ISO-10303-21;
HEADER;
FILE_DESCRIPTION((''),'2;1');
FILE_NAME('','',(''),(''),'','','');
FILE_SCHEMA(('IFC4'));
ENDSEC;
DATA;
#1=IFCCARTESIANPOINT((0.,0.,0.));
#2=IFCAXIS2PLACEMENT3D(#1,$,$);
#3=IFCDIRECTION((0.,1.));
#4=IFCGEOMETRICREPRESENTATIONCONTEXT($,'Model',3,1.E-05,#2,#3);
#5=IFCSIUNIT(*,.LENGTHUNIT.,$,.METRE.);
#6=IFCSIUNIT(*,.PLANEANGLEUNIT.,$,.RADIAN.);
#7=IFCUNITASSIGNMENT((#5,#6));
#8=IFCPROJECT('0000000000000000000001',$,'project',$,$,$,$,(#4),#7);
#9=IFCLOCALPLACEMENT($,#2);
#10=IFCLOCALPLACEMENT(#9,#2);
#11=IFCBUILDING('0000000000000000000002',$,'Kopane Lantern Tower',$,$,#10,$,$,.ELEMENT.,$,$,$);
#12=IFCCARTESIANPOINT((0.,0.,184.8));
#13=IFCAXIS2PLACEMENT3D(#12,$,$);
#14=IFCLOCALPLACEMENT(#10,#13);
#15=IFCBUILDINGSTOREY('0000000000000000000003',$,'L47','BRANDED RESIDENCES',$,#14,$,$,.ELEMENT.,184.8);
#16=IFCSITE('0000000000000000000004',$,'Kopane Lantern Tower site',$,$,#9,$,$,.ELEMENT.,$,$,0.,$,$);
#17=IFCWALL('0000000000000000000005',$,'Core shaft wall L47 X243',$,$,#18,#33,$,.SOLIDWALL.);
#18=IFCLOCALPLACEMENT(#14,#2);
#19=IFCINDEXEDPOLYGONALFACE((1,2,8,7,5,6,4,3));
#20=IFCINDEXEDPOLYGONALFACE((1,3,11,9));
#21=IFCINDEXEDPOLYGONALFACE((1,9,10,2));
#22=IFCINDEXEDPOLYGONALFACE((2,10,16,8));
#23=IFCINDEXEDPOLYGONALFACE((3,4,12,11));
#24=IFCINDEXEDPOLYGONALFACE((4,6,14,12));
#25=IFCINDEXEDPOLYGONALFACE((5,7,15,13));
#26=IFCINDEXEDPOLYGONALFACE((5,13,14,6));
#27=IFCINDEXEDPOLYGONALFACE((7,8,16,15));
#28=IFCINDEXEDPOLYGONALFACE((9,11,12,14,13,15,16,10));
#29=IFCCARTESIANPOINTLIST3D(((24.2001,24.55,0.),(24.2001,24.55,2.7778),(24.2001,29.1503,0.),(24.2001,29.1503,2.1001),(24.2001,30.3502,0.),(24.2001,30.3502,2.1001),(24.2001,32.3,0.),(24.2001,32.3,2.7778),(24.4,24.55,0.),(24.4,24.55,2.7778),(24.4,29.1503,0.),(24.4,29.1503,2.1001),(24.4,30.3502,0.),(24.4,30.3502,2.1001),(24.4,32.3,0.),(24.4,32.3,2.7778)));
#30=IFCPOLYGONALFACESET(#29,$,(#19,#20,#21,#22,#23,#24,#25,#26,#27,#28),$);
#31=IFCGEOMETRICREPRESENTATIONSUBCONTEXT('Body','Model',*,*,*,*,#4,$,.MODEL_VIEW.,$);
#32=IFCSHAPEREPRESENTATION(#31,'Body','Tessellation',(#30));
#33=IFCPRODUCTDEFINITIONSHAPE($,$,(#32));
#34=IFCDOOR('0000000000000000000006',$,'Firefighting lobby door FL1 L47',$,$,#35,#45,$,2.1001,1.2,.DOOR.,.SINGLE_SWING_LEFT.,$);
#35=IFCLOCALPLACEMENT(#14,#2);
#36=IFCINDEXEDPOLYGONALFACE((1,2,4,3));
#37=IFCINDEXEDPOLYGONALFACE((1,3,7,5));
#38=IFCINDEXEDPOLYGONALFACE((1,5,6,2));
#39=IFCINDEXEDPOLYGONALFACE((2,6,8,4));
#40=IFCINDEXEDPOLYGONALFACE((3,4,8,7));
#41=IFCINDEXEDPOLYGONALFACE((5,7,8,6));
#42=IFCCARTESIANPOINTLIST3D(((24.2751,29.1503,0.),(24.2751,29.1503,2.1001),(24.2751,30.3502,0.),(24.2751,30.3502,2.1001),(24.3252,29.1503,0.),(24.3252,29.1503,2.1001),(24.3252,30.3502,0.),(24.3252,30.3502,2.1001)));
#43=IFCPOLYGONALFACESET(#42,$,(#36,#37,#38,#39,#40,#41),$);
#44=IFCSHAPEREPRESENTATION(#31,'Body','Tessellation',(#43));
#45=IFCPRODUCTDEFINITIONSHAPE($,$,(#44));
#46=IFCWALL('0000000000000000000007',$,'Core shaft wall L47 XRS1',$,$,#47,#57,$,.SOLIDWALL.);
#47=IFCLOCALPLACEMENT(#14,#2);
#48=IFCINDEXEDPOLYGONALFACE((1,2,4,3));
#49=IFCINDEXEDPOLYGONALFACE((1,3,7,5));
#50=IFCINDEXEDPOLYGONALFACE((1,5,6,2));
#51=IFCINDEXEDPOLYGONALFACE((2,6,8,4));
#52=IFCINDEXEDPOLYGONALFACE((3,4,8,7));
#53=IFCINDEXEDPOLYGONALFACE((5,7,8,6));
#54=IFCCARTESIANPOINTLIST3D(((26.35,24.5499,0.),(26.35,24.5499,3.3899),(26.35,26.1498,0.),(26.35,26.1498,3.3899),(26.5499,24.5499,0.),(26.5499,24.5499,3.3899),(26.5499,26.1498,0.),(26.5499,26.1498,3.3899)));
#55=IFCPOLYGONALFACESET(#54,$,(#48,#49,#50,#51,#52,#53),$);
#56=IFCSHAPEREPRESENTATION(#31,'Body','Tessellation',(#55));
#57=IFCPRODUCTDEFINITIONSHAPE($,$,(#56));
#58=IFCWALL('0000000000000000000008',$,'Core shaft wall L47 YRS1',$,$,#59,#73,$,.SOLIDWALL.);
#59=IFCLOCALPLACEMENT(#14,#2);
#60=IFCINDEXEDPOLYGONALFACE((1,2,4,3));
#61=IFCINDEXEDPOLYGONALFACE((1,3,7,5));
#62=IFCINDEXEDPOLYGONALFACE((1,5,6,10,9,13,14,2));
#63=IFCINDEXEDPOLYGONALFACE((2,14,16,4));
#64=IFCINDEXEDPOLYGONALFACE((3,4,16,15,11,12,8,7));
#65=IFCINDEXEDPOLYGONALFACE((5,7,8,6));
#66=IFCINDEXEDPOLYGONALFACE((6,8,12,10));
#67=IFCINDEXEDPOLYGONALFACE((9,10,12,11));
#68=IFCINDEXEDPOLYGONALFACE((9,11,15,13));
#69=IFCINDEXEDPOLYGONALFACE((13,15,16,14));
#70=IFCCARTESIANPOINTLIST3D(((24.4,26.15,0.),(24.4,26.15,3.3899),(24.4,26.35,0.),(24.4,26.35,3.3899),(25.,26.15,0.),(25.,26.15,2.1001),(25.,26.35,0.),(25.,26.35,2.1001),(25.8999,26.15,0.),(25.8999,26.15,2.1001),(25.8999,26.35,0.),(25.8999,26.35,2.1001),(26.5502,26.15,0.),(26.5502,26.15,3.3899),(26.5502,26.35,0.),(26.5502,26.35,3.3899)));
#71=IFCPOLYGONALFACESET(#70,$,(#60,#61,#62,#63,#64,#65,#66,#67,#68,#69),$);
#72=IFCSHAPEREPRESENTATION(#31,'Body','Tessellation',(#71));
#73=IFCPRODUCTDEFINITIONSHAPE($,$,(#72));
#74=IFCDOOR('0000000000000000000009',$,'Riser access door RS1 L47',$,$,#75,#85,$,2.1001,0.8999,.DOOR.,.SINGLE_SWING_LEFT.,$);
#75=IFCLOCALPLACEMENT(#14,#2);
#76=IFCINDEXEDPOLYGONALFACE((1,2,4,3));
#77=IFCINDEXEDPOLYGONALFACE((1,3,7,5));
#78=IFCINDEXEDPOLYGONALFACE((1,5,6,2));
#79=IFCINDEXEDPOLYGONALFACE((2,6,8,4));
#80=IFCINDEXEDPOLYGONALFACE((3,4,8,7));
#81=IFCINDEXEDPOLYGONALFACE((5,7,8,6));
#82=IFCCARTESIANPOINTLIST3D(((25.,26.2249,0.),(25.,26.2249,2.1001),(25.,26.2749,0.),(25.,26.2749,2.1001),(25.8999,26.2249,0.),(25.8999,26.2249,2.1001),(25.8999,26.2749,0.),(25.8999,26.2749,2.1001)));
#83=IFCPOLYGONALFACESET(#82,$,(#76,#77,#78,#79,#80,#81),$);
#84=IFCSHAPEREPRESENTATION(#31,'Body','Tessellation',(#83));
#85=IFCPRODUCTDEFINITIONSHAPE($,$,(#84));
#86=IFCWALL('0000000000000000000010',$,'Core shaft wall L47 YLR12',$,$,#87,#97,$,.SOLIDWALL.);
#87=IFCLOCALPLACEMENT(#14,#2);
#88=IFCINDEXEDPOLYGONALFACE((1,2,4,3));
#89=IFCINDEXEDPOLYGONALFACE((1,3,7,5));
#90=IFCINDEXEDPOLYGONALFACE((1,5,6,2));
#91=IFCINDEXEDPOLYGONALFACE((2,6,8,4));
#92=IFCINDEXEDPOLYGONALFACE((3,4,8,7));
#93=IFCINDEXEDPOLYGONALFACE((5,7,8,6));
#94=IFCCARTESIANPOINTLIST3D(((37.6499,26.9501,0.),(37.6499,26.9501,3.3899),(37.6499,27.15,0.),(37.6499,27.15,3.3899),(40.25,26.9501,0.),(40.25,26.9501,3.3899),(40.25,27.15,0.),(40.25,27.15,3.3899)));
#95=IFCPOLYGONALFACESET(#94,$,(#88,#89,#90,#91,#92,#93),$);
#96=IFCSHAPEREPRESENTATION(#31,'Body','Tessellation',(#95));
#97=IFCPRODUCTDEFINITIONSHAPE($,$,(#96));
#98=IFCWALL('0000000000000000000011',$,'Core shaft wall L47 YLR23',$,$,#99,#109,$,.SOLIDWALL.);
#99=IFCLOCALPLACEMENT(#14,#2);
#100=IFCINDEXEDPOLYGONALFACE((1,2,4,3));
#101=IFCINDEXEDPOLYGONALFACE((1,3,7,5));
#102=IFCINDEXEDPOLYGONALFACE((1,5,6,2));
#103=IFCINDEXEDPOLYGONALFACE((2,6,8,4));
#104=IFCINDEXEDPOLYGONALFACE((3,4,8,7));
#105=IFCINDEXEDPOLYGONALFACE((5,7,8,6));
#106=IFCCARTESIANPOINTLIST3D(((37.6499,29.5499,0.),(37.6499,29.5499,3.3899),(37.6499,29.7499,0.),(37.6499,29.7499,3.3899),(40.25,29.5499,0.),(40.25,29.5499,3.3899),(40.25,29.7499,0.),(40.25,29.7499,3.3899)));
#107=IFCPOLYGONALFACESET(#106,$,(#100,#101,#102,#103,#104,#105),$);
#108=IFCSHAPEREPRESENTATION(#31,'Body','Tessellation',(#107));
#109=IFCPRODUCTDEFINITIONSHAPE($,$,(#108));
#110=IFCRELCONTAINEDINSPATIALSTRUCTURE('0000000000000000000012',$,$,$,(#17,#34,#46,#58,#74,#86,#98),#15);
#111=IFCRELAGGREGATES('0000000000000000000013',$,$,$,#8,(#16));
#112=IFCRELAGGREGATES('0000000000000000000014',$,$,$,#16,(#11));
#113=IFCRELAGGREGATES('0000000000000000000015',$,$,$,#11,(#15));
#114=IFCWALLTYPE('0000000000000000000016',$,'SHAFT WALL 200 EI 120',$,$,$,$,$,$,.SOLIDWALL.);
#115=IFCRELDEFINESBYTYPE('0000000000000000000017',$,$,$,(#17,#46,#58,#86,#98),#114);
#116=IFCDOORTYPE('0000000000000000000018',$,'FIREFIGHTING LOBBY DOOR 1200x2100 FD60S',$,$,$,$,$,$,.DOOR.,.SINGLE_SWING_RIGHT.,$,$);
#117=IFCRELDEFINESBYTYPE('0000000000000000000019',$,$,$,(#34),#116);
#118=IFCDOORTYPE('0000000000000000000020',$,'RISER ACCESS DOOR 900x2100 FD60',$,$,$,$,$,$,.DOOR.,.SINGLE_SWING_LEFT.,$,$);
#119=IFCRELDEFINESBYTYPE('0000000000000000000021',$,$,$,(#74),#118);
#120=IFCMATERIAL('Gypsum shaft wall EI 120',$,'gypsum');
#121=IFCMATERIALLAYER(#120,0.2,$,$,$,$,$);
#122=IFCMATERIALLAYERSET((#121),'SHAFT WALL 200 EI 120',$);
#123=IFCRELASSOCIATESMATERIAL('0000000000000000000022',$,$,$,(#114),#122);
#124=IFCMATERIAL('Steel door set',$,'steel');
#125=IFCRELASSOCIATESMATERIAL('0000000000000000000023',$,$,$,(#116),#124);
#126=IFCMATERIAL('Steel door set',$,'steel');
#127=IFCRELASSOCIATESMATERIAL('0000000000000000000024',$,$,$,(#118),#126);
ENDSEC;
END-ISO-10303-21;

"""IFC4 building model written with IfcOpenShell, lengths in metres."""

from ifc_helpers import new_model, si_unit, direction, frame, frame_2d, origin, place, context, subcontext, project, spatial, rectangle, extrude, material, layer, layer_set, type_object, element, fill, save


model = new_model("IFC4")

# Units and contexts
model_context = context("Model", 3, precision=1e-05, world=origin(), true_north=direction((0.0, 1.0)))
body_context = subcontext(model_context, "Body", "Model", "MODEL_VIEW")
ifc_project = project(units=[si_unit("LENGTHUNIT", "METRE"), si_unit("PLANEANGLEUNIT", "RADIAN")], contexts=[model_context])

# Site, building, storey
site_placement = place(None, origin())
site = spatial("IfcSite", under=ifc_project, at=site_placement, Name="Kopane Lantern Tower site", CompositionType="ELEMENT", RefElevation=0.0)
building_placement = place(site_placement, origin())
building = spatial("IfcBuilding", under=site, at=building_placement, Name="Kopane Lantern Tower", CompositionType="ELEMENT")
storey_placement = place(building_placement, frame((0.0, 0.0, 184.8)))
storey = spatial("IfcBuildingStorey", under=building, at=storey_placement, Name="L47", Description="BRANDED RESIDENCES", CompositionType="ELEMENT", Elevation=184.8)

# Wall, opening, door
ifc_material_1 = material(Name="Gypsum shaft wall EI 120", Category="gypsum")
ifc_layer_1 = layer(ifc_material_1, 0.2)
ifc_layer_set_1 = layer_set([ifc_layer_1], Name="SHAFT WALL 200 EI 120")
wall_type_1 = type_object("IfcWallType", Name="SHAFT WALL 200 EI 120", PredefinedType="SOLIDWALL", material=ifc_layer_set_1)
wall_1_placement = place(storey_placement, frame((24.3, 24.55, 0.0), z_axis=(0.0, 0.0, 1.0), x_axis=(0.0, 1.0, 0.0)))
wall_1 = element("IfcWall", 1, at=wall_1_placement, inside=storey, type_object=wall_type_1, Name="Core shaft wall L47 X243", PredefinedType="SOLIDWALL", context=body_context, shape_type="SweptSolid", body=[
    extrude(rectangle(XDim=7.75, YDim=0.2, at=frame_2d((3.875, 0.0))), origin(), (0.0, 0.0, 1.0), 2.7778),
])
opening_1_placement = place(wall_1_placement, frame((4.6001, 0.0, 0.0)))
opening_1 = element("IfcOpeningElement", 2, at=opening_1_placement, cuts=wall_1, PredefinedType="OPENING", context=body_context, shape_type="SweptSolid", body=[
    extrude(rectangle(XDim=1.2, YDim=2.1001, at=frame_2d((0.6001, 1.05))), frame((0.0, 0.1099, 0.0), z_axis=(0.0, -1.0, 0.0), x_axis=(1.0, 0.0, 0.0)), (0.0, 0.0, 1.0), 0.22),
])
ifc_material_2 = material(Name="Steel door set", Category="steel")
door_type_1 = type_object("IfcDoorType", Name="FIREFIGHTING LOBBY DOOR 1200x2100 FD60S", OperationType="SINGLE_SWING_RIGHT", PredefinedType="DOOR", material=ifc_material_2)
door_1_placement = place(opening_1_placement, origin())
door_1 = element("IfcDoor", 3, at=door_1_placement, inside=storey, type_object=door_type_1, Name="Firefighting lobby door FL1 L47", OperationType="SINGLE_SWING_LEFT", OverallHeight=2.1001, OverallWidth=1.2, PredefinedType="DOOR", context=body_context, shape_type="SweptSolid", body=[
    extrude(rectangle(XDim=1.2, YDim=2.1001, at=frame_2d((0.6001, 1.05))), frame((0.0, 0.0249, 0.0), z_axis=(0.0, -1.0, 0.0), x_axis=(1.0, 0.0, 0.0)), (0.0, 0.0, 1.0), 0.05),
])
fill(opening_1, door_1)

# Wall
wall_2_placement = place(storey_placement, frame((26.45, 24.55, 0.0), z_axis=(0.0, 0.0, 1.0), x_axis=(0.0, 1.0, 0.0)))
element("IfcWall", 4, at=wall_2_placement, inside=storey, type_object=wall_type_1, Name="Core shaft wall L47 XRS1", PredefinedType="SOLIDWALL", context=body_context, shape_type="SweptSolid", body=[
    extrude(rectangle(XDim=1.5999, YDim=0.2, at=frame_2d((0.7998, 0.0))), origin(), (0.0, 0.0, 1.0), 3.3899),
])

# Wall, opening, door
wall_3_placement = place(storey_placement, frame((24.3999, 26.25, 0.0), z_axis=(0.0, 0.0, 1.0), x_axis=(1.0, 0.0, 0.0)))
wall_3 = element("IfcWall", 5, at=wall_3_placement, inside=storey, type_object=wall_type_1, Name="Core shaft wall L47 YRS1", PredefinedType="SOLIDWALL", context=body_context, shape_type="SweptSolid", body=[
    extrude(rectangle(XDim=2.1501, YDim=0.2, at=frame_2d((1.0752, 0.0))), origin(), (0.0, 0.0, 1.0), 3.3899),
])
opening_2_placement = place(wall_3_placement, frame((0.6001, 0.0, 0.0)))
opening_2 = element("IfcOpeningElement", 6, at=opening_2_placement, cuts=wall_3, PredefinedType="OPENING", context=body_context, shape_type="SweptSolid", body=[
    extrude(rectangle(XDim=0.8999, YDim=2.1001, at=frame_2d((0.45, 1.05))), frame((0.0, 0.1099, 0.0), z_axis=(0.0, -1.0, 0.0), x_axis=(1.0, 0.0, 0.0)), (0.0, 0.0, 1.0), 0.22),
])
ifc_material_3 = material(Name="Steel door set", Category="steel")
door_type_2 = type_object("IfcDoorType", Name="RISER ACCESS DOOR 900x2100 FD60", OperationType="SINGLE_SWING_LEFT", PredefinedType="DOOR", material=ifc_material_3)
door_2_placement = place(opening_2_placement, origin())
door_2 = element("IfcDoor", 7, at=door_2_placement, inside=storey, type_object=door_type_2, Name="Riser access door RS1 L47", OperationType="SINGLE_SWING_LEFT", OverallHeight=2.1001, OverallWidth=0.8999, PredefinedType="DOOR", context=body_context, shape_type="SweptSolid", body=[
    extrude(rectangle(XDim=0.8999, YDim=2.1001, at=frame_2d((0.45, 1.05))), frame((0.0, 0.0249, 0.0), z_axis=(0.0, -1.0, 0.0), x_axis=(1.0, 0.0, 0.0)), (0.0, 0.0, 1.0), 0.05),
])
fill(opening_2, door_2)

# Walls
for number, where, z_axis, x_axis, name in (
    (8, (37.6499, 27.05, 0.0), (0.0, 0.0, 1.0), (1.0, 0.0, 0.0), "Core shaft wall L47 YLR12"),
    (9, (37.6499, 29.6499, 0.0), (0.0, 0.0, 1.0), (1.0, 0.0, 0.0), "Core shaft wall L47 YLR23"),
):
    element("IfcWall", number, at=place(storey_placement, frame(where, z_axis=z_axis, x_axis=x_axis)), inside=storey, type_object=wall_type_1, Name=name, PredefinedType="SOLIDWALL", context=body_context, shape_type="SweptSolid", body=[
        extrude(rectangle(XDim=2.6001, YDim=0.2, at=frame_2d((1.3, 0.0))), origin(), (0.0, 0.0, 1.0), 3.3899),
    ])

save(model, "model.ifc")
